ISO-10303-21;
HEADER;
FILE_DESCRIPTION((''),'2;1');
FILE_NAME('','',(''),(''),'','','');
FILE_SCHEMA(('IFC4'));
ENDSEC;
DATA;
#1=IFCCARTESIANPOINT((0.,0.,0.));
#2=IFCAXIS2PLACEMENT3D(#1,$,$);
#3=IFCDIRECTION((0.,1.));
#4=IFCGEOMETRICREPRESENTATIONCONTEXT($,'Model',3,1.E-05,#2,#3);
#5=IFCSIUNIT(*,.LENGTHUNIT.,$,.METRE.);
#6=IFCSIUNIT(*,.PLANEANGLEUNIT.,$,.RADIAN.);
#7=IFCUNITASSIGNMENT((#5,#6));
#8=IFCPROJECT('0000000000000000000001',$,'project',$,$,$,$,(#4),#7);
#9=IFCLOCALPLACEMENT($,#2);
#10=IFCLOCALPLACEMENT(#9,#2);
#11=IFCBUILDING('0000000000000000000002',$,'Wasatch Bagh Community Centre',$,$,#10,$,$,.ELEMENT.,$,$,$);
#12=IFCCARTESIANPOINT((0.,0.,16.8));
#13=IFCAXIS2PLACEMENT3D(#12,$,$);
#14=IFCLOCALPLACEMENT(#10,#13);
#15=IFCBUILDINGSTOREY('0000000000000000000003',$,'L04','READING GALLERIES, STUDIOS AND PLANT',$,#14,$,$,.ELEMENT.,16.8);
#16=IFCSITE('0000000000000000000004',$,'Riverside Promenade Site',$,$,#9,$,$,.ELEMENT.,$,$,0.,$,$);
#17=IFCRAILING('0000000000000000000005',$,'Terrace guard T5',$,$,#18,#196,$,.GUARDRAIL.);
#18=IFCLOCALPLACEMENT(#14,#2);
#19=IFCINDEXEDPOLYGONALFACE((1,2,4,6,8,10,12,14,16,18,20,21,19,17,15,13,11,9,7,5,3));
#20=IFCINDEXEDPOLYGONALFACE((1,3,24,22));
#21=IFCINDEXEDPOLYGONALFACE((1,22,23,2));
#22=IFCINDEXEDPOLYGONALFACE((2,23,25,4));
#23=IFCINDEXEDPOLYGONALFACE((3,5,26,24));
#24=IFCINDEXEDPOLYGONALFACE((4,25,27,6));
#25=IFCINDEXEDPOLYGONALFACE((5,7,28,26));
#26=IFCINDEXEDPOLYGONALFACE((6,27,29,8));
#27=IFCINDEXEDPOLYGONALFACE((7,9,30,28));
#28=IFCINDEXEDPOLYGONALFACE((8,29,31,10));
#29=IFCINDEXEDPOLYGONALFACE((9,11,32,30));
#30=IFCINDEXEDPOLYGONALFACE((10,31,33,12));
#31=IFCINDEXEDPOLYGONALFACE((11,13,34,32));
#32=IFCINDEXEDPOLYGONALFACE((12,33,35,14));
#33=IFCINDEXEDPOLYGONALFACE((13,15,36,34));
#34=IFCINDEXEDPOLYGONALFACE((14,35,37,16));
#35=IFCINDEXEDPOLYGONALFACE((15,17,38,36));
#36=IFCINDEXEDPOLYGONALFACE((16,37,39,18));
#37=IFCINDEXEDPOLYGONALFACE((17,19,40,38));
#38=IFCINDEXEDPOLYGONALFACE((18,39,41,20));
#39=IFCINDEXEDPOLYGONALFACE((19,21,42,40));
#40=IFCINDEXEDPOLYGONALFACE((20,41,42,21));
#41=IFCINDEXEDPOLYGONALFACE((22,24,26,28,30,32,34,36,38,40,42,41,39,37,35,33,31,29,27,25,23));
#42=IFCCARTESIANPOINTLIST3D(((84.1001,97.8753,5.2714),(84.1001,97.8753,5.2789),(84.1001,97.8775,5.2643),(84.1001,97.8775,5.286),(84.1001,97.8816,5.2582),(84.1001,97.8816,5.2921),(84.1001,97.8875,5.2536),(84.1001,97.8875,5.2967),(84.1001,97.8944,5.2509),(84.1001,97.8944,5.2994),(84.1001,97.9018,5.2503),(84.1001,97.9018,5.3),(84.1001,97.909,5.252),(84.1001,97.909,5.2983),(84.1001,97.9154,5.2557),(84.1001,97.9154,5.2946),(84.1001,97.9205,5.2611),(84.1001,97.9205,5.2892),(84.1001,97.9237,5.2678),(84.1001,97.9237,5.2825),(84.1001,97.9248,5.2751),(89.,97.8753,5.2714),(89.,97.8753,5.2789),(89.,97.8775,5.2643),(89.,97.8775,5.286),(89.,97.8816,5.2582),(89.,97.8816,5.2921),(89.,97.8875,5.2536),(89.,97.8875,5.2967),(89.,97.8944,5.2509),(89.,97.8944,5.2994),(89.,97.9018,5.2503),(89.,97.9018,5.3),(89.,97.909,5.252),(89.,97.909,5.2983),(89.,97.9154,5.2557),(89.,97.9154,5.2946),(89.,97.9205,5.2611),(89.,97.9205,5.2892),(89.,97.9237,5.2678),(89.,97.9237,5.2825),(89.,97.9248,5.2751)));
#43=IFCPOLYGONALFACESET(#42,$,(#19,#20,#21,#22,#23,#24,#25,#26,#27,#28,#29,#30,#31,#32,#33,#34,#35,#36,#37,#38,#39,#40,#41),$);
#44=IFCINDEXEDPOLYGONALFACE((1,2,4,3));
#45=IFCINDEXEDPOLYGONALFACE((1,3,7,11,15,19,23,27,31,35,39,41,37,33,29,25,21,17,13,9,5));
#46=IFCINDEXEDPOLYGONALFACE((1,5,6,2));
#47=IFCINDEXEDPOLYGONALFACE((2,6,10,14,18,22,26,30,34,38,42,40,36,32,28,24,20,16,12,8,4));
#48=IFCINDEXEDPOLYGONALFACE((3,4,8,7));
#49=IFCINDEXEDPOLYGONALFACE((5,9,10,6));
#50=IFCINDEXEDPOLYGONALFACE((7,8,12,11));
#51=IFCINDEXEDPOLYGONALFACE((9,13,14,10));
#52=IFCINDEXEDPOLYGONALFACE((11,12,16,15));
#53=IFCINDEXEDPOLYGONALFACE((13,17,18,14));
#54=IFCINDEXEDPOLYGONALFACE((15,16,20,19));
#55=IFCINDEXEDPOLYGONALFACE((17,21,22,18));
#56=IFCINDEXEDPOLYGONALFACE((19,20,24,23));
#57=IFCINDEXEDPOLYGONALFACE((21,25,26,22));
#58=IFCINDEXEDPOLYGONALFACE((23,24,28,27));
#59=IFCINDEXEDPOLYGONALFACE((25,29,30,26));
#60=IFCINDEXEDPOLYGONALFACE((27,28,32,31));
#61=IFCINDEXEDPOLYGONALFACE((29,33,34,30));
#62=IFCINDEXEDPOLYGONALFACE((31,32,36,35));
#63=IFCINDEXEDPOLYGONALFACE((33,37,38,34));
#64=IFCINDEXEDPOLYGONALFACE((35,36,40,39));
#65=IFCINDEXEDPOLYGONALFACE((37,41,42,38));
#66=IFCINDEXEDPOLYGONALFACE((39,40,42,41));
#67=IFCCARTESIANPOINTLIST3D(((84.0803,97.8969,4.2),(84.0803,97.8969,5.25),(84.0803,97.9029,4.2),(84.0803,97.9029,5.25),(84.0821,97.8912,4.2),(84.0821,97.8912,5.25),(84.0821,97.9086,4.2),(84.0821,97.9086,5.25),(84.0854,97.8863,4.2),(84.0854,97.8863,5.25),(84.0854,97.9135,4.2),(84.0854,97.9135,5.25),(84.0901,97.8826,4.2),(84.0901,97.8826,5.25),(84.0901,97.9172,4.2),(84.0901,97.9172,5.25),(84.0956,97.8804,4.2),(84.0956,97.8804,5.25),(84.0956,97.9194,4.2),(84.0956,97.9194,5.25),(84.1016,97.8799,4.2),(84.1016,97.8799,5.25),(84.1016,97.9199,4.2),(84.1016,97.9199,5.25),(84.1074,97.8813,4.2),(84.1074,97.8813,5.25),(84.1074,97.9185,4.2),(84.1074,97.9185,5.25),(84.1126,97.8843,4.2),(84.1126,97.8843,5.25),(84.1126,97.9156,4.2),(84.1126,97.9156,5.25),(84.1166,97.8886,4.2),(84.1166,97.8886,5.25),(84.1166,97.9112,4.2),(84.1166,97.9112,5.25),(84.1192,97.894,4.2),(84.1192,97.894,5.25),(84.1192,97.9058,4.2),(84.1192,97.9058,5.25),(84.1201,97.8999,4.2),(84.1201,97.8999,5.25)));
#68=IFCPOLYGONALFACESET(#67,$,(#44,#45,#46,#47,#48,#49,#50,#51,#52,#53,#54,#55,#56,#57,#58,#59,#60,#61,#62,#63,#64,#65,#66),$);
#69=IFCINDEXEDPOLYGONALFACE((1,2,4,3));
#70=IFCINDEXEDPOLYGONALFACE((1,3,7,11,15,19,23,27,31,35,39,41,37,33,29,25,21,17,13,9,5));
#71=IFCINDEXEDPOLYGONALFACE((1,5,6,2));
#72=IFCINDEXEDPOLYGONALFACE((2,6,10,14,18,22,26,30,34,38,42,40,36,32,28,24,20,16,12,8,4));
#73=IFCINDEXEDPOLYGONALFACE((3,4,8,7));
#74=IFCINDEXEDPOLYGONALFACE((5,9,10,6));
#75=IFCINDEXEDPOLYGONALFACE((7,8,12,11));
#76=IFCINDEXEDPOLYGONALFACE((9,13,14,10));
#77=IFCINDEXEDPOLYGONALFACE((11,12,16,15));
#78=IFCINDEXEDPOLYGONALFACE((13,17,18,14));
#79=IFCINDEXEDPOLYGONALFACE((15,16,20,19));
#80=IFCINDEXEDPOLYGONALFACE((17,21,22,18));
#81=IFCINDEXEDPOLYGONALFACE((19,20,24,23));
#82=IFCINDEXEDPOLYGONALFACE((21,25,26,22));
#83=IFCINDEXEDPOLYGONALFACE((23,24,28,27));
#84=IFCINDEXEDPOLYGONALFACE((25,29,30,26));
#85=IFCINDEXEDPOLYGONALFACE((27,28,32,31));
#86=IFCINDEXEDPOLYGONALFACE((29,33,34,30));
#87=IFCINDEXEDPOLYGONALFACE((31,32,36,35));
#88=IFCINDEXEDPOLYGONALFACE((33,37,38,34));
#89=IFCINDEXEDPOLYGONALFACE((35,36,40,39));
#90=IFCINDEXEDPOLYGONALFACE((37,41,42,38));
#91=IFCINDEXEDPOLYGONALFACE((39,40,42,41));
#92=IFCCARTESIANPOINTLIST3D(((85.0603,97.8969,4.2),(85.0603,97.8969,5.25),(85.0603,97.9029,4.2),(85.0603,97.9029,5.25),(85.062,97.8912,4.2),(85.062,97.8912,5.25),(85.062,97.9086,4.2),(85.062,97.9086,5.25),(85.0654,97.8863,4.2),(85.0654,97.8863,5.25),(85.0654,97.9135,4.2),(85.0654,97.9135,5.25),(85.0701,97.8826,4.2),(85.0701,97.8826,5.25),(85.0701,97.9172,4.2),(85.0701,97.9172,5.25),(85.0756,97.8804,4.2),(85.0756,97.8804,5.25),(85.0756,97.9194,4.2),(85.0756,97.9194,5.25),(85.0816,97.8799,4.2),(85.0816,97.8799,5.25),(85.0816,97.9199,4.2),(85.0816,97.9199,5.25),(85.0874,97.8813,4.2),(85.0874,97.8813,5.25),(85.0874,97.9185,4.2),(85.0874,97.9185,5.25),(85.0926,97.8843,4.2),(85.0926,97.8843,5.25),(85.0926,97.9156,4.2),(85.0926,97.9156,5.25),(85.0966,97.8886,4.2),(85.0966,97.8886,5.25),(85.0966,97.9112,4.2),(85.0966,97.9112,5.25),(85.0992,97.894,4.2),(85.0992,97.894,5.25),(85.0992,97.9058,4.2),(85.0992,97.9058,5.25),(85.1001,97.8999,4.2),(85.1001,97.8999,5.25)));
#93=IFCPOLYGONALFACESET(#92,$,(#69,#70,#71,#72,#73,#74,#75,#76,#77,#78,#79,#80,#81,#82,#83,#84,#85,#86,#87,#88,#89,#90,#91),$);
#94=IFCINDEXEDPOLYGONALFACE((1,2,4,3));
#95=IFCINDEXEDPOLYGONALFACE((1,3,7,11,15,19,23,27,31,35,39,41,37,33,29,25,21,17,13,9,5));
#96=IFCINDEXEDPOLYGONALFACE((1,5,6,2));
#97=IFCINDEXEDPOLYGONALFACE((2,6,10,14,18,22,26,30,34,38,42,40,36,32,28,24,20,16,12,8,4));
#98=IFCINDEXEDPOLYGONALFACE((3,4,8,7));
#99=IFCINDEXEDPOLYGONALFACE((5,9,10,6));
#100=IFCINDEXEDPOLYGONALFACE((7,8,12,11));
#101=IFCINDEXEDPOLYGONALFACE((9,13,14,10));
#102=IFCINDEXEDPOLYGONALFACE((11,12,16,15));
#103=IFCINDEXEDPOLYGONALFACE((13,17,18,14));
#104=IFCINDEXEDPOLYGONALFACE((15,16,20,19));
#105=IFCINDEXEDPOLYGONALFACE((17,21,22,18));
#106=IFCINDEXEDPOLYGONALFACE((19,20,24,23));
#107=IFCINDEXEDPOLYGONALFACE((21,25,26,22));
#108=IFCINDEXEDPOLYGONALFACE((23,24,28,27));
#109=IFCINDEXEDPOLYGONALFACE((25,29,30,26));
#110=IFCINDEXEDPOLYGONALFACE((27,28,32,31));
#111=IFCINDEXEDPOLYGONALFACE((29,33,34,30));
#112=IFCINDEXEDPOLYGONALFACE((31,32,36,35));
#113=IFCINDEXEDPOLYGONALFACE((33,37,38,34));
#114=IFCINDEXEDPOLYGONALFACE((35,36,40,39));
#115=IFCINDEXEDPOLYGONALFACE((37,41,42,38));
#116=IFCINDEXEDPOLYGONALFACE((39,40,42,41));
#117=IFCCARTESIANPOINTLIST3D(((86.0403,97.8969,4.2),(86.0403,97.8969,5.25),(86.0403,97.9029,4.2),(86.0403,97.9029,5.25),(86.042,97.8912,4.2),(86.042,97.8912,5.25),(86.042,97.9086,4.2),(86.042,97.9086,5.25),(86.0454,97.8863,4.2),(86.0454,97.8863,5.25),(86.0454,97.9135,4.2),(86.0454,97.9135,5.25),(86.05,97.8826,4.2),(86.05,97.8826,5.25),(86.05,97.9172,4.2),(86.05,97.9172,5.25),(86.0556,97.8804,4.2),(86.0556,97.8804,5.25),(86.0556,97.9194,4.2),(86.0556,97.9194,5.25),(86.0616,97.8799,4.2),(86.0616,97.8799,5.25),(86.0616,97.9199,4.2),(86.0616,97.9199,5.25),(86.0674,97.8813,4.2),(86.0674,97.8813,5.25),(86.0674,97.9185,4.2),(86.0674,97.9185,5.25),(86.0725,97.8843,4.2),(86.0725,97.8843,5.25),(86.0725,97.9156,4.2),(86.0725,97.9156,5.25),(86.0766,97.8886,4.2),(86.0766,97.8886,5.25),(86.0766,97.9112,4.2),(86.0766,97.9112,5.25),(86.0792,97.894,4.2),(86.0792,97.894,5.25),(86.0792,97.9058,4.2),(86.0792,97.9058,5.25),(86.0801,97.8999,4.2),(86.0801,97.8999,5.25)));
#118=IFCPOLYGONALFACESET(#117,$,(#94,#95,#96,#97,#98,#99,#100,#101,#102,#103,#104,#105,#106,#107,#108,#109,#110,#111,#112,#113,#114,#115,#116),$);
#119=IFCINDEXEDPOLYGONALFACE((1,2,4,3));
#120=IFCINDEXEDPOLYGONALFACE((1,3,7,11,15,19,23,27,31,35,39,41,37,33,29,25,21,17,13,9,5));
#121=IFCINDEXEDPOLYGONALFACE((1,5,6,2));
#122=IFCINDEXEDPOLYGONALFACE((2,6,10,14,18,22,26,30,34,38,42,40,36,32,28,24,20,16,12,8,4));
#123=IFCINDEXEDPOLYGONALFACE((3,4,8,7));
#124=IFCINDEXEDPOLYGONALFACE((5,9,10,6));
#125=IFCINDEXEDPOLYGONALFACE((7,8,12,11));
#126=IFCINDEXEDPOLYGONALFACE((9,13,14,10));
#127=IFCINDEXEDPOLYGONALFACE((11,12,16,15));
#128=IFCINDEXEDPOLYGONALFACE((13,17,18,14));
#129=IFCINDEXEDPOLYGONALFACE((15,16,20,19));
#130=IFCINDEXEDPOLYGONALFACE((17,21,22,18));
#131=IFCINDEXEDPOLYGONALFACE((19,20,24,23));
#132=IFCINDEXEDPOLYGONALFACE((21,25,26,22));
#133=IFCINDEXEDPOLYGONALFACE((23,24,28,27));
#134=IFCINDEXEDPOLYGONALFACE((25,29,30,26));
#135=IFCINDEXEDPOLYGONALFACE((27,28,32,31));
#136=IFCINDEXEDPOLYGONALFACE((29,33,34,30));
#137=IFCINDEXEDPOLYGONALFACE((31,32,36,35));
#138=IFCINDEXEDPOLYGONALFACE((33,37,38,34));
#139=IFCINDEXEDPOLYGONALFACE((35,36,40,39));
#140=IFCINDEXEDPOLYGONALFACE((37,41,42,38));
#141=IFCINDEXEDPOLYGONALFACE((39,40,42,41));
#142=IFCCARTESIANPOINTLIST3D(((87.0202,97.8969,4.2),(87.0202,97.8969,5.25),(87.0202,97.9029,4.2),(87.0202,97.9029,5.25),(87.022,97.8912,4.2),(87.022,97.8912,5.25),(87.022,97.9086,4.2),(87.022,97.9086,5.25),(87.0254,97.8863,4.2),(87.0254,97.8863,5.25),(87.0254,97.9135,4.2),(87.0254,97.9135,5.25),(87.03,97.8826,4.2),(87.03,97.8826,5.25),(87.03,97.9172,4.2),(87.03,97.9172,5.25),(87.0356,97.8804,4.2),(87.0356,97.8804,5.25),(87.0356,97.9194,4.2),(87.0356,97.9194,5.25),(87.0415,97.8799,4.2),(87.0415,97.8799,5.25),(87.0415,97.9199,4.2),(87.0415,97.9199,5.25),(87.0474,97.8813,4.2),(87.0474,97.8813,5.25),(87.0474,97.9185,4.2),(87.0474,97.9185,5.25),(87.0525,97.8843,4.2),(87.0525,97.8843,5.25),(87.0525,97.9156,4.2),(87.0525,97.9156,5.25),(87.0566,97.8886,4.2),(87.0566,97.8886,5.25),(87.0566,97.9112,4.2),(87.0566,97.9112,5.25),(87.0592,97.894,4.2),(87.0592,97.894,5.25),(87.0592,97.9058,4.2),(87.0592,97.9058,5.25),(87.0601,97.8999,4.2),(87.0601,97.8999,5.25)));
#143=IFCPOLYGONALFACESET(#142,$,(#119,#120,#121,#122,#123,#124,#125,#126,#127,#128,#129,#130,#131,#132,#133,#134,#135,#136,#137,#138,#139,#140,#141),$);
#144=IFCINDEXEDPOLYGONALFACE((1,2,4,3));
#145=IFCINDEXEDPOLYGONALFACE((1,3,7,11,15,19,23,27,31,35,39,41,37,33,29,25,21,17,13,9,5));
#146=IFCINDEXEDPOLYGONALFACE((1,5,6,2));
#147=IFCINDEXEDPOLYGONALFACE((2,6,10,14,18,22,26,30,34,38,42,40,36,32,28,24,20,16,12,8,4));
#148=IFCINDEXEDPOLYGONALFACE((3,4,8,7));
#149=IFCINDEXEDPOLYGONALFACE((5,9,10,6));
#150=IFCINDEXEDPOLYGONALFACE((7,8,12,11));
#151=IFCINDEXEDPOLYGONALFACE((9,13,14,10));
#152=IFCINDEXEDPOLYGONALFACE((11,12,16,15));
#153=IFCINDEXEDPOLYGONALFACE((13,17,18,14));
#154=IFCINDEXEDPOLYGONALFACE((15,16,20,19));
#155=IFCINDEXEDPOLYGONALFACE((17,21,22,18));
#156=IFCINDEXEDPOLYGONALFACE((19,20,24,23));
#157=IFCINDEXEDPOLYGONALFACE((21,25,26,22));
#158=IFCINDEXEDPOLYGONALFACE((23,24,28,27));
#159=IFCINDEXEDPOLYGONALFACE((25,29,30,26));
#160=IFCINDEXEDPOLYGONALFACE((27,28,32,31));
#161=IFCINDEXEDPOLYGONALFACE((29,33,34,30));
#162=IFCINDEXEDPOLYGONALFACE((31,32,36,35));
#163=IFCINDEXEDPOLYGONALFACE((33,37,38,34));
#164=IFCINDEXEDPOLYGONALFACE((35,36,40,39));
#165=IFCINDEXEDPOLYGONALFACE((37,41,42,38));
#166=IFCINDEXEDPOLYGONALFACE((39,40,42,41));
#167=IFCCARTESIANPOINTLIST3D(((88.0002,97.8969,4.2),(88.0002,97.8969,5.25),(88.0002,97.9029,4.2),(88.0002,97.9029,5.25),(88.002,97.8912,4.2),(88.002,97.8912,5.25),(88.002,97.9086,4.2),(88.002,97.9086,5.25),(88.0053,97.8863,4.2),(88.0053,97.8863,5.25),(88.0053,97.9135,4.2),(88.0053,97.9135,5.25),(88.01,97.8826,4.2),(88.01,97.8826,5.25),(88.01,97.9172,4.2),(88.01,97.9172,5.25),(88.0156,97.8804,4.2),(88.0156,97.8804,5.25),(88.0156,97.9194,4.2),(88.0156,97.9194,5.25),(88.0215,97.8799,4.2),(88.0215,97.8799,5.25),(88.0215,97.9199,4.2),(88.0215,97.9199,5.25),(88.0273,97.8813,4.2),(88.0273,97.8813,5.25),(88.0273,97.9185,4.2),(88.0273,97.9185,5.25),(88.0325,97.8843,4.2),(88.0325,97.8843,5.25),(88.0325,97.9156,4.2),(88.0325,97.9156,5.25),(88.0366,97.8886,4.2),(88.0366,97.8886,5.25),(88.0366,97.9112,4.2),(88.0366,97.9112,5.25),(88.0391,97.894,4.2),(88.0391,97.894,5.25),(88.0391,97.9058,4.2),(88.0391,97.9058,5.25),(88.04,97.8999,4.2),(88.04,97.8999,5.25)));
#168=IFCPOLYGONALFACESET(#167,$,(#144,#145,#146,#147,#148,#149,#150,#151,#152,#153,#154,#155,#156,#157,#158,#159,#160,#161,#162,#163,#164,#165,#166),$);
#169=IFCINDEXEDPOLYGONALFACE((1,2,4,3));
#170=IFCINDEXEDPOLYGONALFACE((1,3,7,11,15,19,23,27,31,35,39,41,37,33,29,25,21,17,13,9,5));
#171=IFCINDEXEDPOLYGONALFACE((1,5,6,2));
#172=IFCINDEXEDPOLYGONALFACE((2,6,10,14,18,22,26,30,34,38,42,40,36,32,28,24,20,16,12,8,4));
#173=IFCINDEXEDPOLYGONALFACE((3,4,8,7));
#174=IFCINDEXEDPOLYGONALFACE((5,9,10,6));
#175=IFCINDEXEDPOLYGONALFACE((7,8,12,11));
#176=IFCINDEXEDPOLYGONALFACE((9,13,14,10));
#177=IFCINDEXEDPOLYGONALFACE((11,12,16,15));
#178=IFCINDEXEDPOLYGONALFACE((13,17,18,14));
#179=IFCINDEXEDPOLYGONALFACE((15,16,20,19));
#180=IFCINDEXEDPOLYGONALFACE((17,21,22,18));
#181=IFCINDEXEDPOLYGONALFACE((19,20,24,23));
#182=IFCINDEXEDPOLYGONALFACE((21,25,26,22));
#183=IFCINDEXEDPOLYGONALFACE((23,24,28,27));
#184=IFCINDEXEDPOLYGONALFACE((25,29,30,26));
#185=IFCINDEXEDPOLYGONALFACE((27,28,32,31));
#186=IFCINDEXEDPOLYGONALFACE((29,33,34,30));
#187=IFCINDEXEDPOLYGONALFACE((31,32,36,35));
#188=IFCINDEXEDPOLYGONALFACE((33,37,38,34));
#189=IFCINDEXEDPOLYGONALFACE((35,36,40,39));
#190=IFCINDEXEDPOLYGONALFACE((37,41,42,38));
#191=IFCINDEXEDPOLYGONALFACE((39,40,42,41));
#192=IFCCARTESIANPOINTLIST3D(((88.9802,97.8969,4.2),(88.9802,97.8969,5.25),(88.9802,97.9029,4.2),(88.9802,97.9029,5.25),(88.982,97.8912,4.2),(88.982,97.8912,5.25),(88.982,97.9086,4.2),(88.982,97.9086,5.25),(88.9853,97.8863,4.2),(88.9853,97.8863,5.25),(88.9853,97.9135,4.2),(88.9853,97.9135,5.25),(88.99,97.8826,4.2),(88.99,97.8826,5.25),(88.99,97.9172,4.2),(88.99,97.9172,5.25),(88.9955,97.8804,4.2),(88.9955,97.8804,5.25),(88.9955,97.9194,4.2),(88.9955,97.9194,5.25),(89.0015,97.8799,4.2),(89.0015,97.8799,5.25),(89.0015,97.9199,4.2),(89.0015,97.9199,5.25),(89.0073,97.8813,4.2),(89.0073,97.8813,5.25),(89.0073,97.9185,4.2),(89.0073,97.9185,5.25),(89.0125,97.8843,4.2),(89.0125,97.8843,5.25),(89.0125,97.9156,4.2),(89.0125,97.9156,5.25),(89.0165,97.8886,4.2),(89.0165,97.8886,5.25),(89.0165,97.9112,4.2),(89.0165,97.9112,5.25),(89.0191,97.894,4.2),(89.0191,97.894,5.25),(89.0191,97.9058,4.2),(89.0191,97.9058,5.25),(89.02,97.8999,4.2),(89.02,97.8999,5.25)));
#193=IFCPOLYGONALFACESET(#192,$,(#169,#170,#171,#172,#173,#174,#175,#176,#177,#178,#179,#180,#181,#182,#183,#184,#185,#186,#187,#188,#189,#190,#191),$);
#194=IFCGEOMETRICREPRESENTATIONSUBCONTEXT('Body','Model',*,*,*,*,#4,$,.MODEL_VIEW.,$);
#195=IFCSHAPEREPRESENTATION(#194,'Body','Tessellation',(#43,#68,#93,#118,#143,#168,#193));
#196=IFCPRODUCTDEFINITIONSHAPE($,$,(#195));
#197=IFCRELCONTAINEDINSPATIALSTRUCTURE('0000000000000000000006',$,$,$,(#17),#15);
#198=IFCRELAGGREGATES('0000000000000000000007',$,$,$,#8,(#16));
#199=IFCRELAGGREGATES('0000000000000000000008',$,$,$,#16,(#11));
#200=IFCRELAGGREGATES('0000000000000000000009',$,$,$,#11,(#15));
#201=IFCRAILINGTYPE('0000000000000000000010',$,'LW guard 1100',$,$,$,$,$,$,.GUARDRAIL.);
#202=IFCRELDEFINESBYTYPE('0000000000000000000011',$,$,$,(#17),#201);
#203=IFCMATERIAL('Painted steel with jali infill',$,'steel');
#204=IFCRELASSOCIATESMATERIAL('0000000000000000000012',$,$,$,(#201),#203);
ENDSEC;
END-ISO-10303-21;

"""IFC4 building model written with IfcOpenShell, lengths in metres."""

from ifc_helpers import new_model, si_unit, direction, frame, origin, origin_2d, place, context, subcontext, project, spatial, circle, extrude, material, type_object, element, save


model = new_model("IFC4")

# Units and contexts
model_context = context("Model", 3, precision=1e-05, world=origin(), true_north=direction((0.0, 1.0)))
body_context = subcontext(model_context, "Body", "Model", "MODEL_VIEW")
ifc_project = project(units=[si_unit("LENGTHUNIT", "METRE"), si_unit("PLANEANGLEUNIT", "RADIAN")], contexts=[model_context])

# Site, building, storey
site_placement = place(None, origin())
site = spatial("IfcSite", under=ifc_project, at=site_placement, Name="Riverside Promenade Site", CompositionType="ELEMENT", RefElevation=0.0)
building_placement = place(site_placement, origin())
building = spatial("IfcBuilding", under=site, at=building_placement, Name="Wasatch Bagh Community Centre", CompositionType="ELEMENT")
storey_placement = place(building_placement, frame((0.0, 0.0, 16.8)))
storey = spatial("IfcBuildingStorey", under=building, at=storey_placement, Name="L04", Description="READING GALLERIES, STUDIOS AND PLANT", CompositionType="ELEMENT", Elevation=16.8)

# Railing
ifc_material_1 = material(Name="Painted steel with jali infill", Category="steel")
railing_type = type_object("IfcRailingType", Name="LW guard 1100", PredefinedType="GUARDRAIL", material=ifc_material_1)
railing_placement = place(storey_placement, frame((84.1001, 97.8999, 4.2)))
element("IfcRailing", 1, at=railing_placement, inside=storey, type_object=railing_type, Name="Terrace guard T5", PredefinedType="GUARDRAIL", context=body_context, shape_type="SweptSolid", body=[
    extrude(circle(Radius=0.0249, at=origin_2d()), frame((0.0, 0.0, 1.0752), z_axis=(1.0, 0.0, 0.0), x_axis=(0.0, 1.0, 0.0)), (0.0, 0.0, 1.0), 4.8999),
    extrude(circle(Radius=0.02, at=origin_2d()), origin(), (0.0, 0.0, 1.0), 1.05),
    extrude(circle(Radius=0.02, at=origin_2d()), frame((0.98, 0.0, 0.0)), (0.0, 0.0, 1.0), 1.05),
    extrude(circle(Radius=0.02, at=origin_2d()), frame((1.96, 0.0, 0.0)), (0.0, 0.0, 1.0), 1.05),
    extrude(circle(Radius=0.02, at=origin_2d()), frame((2.9399, 0.0, 0.0)), (0.0, 0.0, 1.0), 1.05),
    extrude(circle(Radius=0.02, at=origin_2d()), frame((3.9199, 0.0, 0.0)), (0.0, 0.0, 1.0), 1.05),
    extrude(circle(Radius=0.02, at=origin_2d()), frame((4.8999, 0.0, 0.0)), (0.0, 0.0, 1.0), 1.05),
])

save(model, "model.ifc")
